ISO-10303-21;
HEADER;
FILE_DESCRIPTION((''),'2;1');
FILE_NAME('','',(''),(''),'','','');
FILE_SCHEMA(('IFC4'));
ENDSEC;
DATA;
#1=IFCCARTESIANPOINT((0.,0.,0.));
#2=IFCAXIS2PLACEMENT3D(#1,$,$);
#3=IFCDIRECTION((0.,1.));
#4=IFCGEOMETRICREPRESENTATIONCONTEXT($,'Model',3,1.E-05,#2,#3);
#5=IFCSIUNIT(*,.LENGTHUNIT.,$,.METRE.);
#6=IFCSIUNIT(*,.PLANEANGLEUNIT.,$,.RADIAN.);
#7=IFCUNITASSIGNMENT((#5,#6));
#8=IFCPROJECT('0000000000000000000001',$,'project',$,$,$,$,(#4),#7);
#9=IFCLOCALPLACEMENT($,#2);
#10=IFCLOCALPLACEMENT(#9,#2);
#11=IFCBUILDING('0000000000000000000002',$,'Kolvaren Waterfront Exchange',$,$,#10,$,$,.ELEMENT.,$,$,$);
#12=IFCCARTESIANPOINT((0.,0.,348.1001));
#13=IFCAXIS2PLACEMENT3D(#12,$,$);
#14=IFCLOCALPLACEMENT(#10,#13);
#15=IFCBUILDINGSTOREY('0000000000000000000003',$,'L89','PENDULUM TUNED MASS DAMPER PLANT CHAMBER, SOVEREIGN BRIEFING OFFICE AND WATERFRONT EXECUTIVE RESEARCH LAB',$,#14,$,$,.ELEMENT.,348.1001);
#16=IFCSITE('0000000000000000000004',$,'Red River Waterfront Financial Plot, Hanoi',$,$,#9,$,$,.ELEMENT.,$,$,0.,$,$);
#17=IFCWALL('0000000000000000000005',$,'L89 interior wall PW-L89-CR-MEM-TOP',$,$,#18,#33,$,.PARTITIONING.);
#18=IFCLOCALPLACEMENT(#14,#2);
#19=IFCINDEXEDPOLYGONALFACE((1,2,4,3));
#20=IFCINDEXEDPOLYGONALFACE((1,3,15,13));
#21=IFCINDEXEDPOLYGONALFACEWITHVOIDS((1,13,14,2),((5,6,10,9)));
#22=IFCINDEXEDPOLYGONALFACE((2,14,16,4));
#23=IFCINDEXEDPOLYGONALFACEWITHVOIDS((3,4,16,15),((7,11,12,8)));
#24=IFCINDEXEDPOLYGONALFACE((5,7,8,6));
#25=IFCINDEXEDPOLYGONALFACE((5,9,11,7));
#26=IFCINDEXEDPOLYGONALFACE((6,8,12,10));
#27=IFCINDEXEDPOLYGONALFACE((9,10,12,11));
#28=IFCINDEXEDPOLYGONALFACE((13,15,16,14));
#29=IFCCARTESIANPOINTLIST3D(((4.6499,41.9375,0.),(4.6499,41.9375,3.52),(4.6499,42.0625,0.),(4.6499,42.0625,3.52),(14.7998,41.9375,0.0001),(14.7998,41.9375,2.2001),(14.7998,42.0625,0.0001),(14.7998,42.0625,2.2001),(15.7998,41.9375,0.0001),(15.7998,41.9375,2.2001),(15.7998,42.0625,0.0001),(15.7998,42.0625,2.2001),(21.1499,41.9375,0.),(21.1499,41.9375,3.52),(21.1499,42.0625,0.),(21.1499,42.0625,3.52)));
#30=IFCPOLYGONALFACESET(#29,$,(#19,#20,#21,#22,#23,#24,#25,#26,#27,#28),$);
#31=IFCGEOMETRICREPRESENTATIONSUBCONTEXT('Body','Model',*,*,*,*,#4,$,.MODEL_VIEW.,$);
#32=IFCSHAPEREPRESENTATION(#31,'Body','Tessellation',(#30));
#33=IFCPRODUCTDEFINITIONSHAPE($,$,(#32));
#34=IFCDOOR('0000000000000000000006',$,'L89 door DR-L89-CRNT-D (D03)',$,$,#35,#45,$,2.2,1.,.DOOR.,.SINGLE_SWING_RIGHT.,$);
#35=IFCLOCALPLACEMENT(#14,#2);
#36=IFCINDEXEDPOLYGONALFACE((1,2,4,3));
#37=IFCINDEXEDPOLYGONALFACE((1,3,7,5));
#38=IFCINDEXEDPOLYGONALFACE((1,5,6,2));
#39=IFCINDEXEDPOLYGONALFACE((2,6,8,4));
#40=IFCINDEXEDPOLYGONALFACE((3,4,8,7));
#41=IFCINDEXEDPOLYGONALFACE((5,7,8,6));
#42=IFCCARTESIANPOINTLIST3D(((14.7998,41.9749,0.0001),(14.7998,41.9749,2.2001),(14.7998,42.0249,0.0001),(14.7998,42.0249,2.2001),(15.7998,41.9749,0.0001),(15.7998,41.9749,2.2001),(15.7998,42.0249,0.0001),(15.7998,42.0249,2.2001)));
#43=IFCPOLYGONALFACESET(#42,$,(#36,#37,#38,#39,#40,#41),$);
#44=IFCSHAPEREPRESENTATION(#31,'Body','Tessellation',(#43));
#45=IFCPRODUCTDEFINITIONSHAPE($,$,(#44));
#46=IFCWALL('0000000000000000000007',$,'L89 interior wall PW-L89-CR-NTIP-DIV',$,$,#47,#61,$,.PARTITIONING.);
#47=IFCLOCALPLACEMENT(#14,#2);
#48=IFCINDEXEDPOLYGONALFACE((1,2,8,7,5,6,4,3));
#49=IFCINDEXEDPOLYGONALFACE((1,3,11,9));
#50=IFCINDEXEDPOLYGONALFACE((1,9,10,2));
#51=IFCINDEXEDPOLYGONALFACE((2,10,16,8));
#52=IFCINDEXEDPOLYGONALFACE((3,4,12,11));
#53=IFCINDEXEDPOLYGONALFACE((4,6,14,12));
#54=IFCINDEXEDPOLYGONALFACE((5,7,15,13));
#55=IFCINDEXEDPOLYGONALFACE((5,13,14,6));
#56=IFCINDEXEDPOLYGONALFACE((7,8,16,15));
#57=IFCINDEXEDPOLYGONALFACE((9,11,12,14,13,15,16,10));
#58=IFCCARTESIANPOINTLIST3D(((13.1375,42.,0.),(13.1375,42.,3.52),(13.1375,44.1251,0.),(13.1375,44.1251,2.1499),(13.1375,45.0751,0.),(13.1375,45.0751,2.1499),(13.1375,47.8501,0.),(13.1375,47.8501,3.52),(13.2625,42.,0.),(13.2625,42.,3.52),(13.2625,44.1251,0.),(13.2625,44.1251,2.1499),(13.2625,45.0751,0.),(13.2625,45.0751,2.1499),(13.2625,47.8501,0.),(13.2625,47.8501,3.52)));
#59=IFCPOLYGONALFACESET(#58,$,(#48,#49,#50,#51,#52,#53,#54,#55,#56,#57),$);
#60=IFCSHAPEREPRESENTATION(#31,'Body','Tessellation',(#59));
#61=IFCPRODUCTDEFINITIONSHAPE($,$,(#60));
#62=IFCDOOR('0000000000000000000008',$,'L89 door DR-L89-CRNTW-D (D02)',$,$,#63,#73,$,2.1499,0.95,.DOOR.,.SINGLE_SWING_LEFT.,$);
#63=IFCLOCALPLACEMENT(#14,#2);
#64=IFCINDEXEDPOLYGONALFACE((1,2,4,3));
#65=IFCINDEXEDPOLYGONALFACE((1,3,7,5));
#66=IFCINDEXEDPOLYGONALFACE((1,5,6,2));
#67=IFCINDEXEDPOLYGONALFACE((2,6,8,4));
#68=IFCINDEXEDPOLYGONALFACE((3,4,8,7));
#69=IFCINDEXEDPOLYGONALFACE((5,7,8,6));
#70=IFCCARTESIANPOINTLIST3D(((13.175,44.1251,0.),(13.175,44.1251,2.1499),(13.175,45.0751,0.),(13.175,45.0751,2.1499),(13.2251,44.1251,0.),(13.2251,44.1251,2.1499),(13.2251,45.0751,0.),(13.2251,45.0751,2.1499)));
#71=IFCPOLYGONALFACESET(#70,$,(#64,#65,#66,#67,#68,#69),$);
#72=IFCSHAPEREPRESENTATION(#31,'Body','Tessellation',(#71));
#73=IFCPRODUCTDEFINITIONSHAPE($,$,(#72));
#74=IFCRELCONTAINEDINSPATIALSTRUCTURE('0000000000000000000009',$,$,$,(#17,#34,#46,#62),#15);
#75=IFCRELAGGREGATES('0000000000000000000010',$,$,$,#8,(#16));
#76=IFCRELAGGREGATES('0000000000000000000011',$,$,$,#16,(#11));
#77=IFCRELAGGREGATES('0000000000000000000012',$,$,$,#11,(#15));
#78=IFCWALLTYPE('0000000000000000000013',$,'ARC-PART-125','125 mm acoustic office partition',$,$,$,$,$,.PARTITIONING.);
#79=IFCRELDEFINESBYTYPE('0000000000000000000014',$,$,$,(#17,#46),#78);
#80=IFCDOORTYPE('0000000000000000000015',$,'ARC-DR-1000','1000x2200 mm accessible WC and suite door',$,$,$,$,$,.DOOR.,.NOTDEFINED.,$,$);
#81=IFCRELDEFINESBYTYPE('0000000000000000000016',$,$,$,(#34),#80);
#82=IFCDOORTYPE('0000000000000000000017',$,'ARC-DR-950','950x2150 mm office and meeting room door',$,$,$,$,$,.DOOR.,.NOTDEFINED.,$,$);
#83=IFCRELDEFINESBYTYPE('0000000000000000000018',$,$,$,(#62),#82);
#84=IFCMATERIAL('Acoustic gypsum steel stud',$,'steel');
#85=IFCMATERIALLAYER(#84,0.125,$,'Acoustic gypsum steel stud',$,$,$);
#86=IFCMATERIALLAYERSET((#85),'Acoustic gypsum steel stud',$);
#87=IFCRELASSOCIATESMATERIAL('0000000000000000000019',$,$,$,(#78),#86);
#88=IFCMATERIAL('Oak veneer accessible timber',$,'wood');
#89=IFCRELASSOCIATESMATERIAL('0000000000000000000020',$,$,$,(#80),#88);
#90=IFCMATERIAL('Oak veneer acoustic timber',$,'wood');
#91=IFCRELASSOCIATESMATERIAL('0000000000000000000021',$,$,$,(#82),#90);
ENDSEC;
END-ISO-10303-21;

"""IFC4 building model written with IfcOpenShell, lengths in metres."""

from ifc_helpers import new_model, si_unit, direction, frame, frame_2d, origin, place, context, subcontext, project, spatial, rectangle, extrude, material, layer, layer_set, type_object, element, fill, save


model = new_model("IFC4")

# Units and contexts
model_context = context("Model", 3, precision=1e-05, world=origin(), true_north=direction((0.0, 1.0)))
body_context = subcontext(model_context, "Body", "Model", "MODEL_VIEW")
ifc_project = project(units=[si_unit("LENGTHUNIT", "METRE"), si_unit("PLANEANGLEUNIT", "RADIAN")], contexts=[model_context])

# Site, building, storey
site_placement = place(None, origin())
site = spatial("IfcSite", under=ifc_project, at=site_placement, Name="Red River Waterfront Financial Plot, Hanoi", CompositionType="ELEMENT", RefElevation=0.0)
building_placement = place(site_placement, origin())
building = spatial("IfcBuilding", under=site, at=building_placement, Name="Kolvaren Waterfront Exchange", CompositionType="ELEMENT")
storey_placement = place(building_placement, frame((0.0, 0.0, 348.1001)))
storey = spatial("IfcBuildingStorey", under=building, at=storey_placement, Name="L89", Description="PENDULUM TUNED MASS DAMPER PLANT CHAMBER, SOVEREIGN BRIEFING OFFICE AND WATERFRONT EXECUTIVE RESEARCH LAB", CompositionType="ELEMENT", Elevation=348.1001)

# Walls, openings, doors
ifc_material_1 = material(Name="Acoustic gypsum steel stud", Category="steel")
ifc_layer_1 = layer(ifc_material_1, 0.125, Name="Acoustic gypsum steel stud")
ifc_layer_set_1 = layer_set([ifc_layer_1], Name="Acoustic gypsum steel stud")
wall_type_1 = type_object("IfcWallType", Name="ARC-PART-125", Description="125 mm acoustic office partition", PredefinedType="PARTITIONING", material=ifc_layer_set_1)
wall_1_placement = place(storey_placement, frame((4.6499, 42.0, 0.0), z_axis=(0.0, 0.0, 1.0), x_axis=(1.0, 0.0, 0.0)))
wall_1 = element("IfcWall", 1, at=wall_1_placement, inside=storey, type_object=wall_type_1, Name="L89 interior wall PW-L89-CR-MEM-TOP", PredefinedType="PARTITIONING", context=body_context, shape_type="SweptSolid", body=[
    extrude(rectangle(XDim=16.5, YDim=0.125, at=frame_2d((8.25, 0.0))), origin(), (0.0, 0.0, 1.0), 3.52),
])
opening_1_placement = place(wall_1_placement, frame((10.1499, 0.0, 0.0)))
opening_1 = element("IfcOpeningElement", 2, at=opening_1_placement, cuts=wall_1, PredefinedType="OPENING", context=body_context, shape_type="SweptSolid", body=[
    extrude(rectangle(XDim=1.0, YDim=2.2, at=frame_2d((0.5, 1.1001))), frame((0.0, 0.0725, 0.0), z_axis=(0.0, -1.0, 0.0), x_axis=(1.0, 0.0, 0.0)), (0.0, 0.0, 1.0), 0.145),
])
ifc_material_2 = material(Name="Oak veneer accessible timber", Category="wood")
door_type_1 = type_object("IfcDoorType", Name="ARC-DR-1000", Description="1000x2200 mm accessible WC and suite door", OperationType="NOTDEFINED", PredefinedType="DOOR", material=ifc_material_2)
door_1_placement = place(opening_1_placement, origin())
door_1 = element("IfcDoor", 3, at=door_1_placement, inside=storey, type_object=door_type_1, Name="L89 door DR-L89-CRNT-D (D03)", OperationType="SINGLE_SWING_RIGHT", OverallHeight=2.2, OverallWidth=1.0, PredefinedType="DOOR", context=body_context, shape_type="SweptSolid", body=[
    extrude(rectangle(XDim=1.0, YDim=2.2, at=frame_2d((0.5, 1.1001))), frame((0.0, 0.0249, 0.0), z_axis=(0.0, -1.0, 0.0), x_axis=(1.0, 0.0, 0.0)), (0.0, 0.0, 1.0), 0.05),
])
fill(opening_1, door_1)
wall_2_placement = place(storey_placement, frame((13.2, 42.0, 0.0), z_axis=(0.0, 0.0, 1.0), x_axis=(0.0, 1.0, 0.0)))
wall_2 = element("IfcWall", 4, at=wall_2_placement, inside=storey, type_object=wall_type_1, Name="L89 interior wall PW-L89-CR-NTIP-DIV", PredefinedType="PARTITIONING", context=body_context, shape_type="SweptSolid", body=[
    extrude(rectangle(XDim=5.8501, YDim=0.125, at=frame_2d((2.925, 0.0))), origin(), (0.0, 0.0, 1.0), 3.52),
])
opening_2_placement = place(wall_2_placement, frame((2.125, 0.0, 0.0)))
opening_2 = element("IfcOpeningElement", 5, at=opening_2_placement, cuts=wall_2, PredefinedType="OPENING", context=body_context, shape_type="SweptSolid", body=[
    extrude(rectangle(XDim=0.95, YDim=2.1499, at=frame_2d((0.4751, 1.075))), frame((0.0, 0.0725, 0.0), z_axis=(0.0, -1.0, 0.0), x_axis=(1.0, 0.0, 0.0)), (0.0, 0.0, 1.0), 0.145),
])
ifc_material_3 = material(Name="Oak veneer acoustic timber", Category="wood")
door_type_2 = type_object("IfcDoorType", Name="ARC-DR-950", Description="950x2150 mm office and meeting room door", OperationType="NOTDEFINED", PredefinedType="DOOR", material=ifc_material_3)
door_2_placement = place(opening_2_placement, origin())
door_2 = element("IfcDoor", 6, at=door_2_placement, inside=storey, type_object=door_type_2, Name="L89 door DR-L89-CRNTW-D (D02)", OperationType="SINGLE_SWING_LEFT", OverallHeight=2.1499, OverallWidth=0.95, PredefinedType="DOOR", context=body_context, shape_type="SweptSolid", body=[
    extrude(rectangle(XDim=0.95, YDim=2.1499, at=frame_2d((0.4751, 1.075))), frame((0.0, 0.0249, 0.0), z_axis=(0.0, -1.0, 0.0), x_axis=(1.0, 0.0, 0.0)), (0.0, 0.0, 1.0), 0.05),
])
fill(opening_2, door_2)

save(model, "model.ifc")
